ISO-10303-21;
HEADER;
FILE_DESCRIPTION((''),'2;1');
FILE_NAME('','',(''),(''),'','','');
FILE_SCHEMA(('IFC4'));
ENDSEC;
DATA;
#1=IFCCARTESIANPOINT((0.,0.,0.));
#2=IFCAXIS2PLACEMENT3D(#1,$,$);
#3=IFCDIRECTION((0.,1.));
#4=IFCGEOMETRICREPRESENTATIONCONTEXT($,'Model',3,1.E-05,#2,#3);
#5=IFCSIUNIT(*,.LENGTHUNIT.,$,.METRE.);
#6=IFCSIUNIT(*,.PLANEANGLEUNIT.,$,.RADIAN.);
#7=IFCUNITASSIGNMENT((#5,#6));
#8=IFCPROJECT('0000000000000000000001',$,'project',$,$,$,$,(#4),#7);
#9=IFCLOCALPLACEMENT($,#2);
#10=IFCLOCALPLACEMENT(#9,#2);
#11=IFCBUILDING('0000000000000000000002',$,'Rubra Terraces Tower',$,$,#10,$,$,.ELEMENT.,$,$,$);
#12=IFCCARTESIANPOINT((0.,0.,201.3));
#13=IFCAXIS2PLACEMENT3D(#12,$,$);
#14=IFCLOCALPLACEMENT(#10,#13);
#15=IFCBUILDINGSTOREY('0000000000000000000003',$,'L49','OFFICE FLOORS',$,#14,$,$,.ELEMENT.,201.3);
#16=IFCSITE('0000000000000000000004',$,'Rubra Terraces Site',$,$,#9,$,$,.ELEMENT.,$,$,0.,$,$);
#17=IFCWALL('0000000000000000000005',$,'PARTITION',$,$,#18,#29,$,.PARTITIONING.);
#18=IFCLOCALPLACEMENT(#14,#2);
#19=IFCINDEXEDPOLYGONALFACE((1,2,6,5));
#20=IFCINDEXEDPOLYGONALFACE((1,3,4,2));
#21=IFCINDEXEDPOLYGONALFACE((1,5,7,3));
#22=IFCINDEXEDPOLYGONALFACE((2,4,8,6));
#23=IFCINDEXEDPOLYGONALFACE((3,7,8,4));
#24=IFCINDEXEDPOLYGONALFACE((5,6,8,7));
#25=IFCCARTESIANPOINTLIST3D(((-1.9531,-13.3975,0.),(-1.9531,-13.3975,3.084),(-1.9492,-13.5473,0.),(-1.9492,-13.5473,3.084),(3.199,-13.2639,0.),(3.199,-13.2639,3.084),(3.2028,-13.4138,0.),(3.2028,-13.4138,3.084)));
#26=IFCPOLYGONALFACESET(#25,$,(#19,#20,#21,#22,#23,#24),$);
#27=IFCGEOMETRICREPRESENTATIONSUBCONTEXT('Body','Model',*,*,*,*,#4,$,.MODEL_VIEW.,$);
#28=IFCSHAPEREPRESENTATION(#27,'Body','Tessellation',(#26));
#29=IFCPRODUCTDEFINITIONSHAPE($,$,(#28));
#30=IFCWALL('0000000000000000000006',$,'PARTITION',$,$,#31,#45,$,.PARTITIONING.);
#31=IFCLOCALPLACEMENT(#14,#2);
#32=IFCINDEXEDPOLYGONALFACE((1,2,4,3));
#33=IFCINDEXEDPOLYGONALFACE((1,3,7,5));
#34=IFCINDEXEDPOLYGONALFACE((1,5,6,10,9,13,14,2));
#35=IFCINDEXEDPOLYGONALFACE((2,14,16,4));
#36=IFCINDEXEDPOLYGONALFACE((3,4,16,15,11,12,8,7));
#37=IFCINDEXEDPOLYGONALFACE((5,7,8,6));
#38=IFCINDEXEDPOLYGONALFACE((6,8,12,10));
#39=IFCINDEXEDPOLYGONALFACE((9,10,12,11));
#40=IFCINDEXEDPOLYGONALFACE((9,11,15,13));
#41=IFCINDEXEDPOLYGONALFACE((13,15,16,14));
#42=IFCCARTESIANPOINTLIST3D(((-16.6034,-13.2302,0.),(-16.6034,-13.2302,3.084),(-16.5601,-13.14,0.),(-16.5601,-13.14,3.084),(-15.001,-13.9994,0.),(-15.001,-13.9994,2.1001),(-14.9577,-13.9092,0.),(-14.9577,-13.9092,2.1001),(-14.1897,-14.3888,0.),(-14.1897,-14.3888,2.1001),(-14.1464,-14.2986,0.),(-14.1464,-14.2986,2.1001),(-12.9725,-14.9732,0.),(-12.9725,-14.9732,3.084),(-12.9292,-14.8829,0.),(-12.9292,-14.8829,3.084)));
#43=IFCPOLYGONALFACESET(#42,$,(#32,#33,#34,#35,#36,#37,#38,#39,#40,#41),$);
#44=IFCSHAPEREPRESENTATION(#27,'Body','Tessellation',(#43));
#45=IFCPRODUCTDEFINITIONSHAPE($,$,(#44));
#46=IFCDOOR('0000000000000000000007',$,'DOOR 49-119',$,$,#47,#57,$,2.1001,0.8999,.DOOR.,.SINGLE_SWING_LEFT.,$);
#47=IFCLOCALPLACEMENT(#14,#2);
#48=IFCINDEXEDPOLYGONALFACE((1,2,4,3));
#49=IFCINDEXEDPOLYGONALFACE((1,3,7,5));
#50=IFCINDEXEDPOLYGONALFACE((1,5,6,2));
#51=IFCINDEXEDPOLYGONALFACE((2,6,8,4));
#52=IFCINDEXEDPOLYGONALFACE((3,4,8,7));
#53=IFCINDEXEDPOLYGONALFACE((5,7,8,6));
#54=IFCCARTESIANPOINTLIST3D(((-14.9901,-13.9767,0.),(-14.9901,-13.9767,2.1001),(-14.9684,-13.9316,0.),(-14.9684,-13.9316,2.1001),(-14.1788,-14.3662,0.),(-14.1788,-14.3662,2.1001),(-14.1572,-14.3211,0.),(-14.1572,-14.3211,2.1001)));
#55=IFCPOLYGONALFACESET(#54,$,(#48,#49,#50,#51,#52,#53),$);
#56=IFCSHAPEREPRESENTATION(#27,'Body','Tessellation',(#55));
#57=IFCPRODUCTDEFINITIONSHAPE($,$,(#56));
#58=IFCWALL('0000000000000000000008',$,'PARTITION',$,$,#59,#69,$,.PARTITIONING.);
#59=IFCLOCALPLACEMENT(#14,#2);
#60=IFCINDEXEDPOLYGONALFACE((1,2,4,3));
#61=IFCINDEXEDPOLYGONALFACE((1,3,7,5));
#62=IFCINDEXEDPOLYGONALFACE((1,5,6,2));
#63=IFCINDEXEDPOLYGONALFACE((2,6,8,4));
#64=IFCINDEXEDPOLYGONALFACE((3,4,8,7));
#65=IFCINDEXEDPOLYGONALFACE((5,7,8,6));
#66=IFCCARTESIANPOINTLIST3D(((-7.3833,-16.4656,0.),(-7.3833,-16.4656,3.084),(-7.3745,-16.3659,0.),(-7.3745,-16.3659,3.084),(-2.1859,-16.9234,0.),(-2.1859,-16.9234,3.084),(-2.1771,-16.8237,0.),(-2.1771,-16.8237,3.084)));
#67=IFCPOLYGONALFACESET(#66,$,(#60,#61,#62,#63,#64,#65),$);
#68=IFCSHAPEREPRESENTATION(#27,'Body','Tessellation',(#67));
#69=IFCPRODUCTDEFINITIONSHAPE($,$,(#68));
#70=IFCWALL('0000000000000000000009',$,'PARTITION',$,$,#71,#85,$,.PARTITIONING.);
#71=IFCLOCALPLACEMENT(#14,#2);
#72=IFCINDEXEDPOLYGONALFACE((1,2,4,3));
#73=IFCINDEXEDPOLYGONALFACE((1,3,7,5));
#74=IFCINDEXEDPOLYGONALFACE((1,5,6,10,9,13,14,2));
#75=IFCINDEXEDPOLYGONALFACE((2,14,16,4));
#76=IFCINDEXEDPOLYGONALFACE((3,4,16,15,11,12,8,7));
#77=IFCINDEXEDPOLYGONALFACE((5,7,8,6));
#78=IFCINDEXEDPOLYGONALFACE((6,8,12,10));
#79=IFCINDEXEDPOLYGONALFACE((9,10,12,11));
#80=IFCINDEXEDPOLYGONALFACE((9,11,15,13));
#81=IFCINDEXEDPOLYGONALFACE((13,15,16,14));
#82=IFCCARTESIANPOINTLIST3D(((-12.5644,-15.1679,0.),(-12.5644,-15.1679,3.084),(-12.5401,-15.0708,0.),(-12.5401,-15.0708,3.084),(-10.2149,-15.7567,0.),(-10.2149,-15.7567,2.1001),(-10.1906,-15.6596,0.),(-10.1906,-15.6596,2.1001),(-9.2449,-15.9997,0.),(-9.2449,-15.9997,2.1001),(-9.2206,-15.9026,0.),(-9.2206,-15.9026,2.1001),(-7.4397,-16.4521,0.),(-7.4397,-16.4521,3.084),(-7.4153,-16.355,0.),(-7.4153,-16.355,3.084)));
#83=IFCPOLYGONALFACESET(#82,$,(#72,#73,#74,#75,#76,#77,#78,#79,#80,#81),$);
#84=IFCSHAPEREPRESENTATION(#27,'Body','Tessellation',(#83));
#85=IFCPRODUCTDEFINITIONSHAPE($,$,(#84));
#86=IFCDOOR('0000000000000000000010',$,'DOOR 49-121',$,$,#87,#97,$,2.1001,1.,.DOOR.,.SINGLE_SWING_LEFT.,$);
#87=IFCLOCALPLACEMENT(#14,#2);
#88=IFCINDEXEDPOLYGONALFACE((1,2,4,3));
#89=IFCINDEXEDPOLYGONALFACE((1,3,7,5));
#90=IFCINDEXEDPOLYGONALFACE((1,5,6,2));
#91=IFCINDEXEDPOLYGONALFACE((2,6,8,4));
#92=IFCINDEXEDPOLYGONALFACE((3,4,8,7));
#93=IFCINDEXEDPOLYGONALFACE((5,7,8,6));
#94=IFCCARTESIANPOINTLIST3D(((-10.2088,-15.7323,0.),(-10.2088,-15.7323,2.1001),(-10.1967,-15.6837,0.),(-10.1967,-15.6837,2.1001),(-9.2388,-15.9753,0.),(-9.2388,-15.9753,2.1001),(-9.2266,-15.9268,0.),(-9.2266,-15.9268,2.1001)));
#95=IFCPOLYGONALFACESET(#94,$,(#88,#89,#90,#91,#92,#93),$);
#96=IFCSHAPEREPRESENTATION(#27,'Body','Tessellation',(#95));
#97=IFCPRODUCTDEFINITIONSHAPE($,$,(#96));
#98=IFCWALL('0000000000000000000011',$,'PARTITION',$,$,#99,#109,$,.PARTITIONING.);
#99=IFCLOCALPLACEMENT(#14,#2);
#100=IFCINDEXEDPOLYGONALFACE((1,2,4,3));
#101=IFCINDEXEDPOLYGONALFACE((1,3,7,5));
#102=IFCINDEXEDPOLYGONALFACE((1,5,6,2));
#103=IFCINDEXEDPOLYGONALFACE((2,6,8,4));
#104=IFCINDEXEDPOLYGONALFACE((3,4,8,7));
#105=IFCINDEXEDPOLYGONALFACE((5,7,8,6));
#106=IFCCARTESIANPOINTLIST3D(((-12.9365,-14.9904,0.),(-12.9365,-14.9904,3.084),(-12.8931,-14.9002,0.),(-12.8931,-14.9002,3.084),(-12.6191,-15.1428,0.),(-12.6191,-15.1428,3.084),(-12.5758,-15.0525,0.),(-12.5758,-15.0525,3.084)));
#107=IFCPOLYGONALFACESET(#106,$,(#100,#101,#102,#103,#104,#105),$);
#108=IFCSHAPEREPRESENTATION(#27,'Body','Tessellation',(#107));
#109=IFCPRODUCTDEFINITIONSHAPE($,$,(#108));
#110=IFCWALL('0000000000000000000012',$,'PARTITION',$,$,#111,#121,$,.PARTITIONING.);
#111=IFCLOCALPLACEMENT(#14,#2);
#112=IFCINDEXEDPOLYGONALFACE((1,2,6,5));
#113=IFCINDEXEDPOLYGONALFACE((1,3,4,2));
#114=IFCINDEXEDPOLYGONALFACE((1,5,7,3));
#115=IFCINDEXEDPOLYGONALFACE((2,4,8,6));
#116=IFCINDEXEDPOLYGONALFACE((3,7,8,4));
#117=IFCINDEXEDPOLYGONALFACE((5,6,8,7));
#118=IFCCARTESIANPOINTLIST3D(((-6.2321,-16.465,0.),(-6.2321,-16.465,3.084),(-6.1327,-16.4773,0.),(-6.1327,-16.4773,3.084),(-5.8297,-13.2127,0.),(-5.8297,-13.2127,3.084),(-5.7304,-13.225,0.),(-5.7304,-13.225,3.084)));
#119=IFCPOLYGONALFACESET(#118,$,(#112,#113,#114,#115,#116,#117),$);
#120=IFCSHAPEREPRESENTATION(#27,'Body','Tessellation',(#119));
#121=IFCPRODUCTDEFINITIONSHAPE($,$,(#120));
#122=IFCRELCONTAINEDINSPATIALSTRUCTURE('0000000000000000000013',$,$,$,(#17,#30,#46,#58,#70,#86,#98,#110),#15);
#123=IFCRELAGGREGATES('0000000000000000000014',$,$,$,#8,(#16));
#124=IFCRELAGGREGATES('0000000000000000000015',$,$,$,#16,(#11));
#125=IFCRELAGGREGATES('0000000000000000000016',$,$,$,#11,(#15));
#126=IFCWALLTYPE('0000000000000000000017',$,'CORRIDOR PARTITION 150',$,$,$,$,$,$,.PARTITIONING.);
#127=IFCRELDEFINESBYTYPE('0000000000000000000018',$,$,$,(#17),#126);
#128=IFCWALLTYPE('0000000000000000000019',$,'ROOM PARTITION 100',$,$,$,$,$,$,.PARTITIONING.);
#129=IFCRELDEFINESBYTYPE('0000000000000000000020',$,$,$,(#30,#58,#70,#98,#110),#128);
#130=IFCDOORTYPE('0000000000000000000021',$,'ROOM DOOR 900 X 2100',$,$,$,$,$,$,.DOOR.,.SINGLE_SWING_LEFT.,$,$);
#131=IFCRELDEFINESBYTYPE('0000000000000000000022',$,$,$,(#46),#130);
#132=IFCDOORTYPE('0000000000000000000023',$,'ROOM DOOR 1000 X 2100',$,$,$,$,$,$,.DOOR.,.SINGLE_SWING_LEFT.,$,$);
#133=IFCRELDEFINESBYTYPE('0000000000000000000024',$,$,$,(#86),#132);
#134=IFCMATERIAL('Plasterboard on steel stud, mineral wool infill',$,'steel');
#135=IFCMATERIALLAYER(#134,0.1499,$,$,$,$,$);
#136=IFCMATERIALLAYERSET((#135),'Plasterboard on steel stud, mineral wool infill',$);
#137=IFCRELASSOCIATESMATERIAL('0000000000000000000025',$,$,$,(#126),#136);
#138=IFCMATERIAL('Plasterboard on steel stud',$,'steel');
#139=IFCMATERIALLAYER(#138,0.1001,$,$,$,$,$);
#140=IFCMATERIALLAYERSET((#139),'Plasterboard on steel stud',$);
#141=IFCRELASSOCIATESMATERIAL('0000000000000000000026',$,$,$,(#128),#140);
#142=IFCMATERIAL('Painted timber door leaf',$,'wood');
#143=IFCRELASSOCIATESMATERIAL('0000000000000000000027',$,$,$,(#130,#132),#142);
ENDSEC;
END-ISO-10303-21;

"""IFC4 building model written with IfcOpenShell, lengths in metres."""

from ifc_helpers import new_model, si_unit, direction, frame, frame_2d, origin, place, context, subcontext, project, spatial, rectangle, extrude, material, layer, layer_set, type_object, element, fill, save


model = new_model("IFC4")

# Units and contexts
model_context = context("Model", 3, precision=1e-05, world=origin(), true_north=direction((0.0, 1.0)))
body_context = subcontext(model_context, "Body", "Model", "MODEL_VIEW")
ifc_project = project(units=[si_unit("LENGTHUNIT", "METRE"), si_unit("PLANEANGLEUNIT", "RADIAN")], contexts=[model_context])

# Site, building, storey
site_placement = place(None, origin())
site = spatial("IfcSite", under=ifc_project, at=site_placement, Name="Rubra Terraces Site", CompositionType="ELEMENT", RefElevation=0.0)
building_placement = place(site_placement, origin())
building = spatial("IfcBuilding", under=site, at=building_placement, Name="Rubra Terraces Tower", CompositionType="ELEMENT")
storey_placement = place(building_placement, frame((0.0, 0.0, 201.3)))
storey = spatial("IfcBuildingStorey", under=building, at=storey_placement, Name="L49", Description="OFFICE FLOORS", CompositionType="ELEMENT", Elevation=201.3)

# Wall
ifc_material_1 = material(Name="Plasterboard on steel stud, mineral wool infill", Category="steel")
ifc_layer_1 = layer(ifc_material_1, 0.1499)
ifc_layer_set_1 = layer_set([ifc_layer_1], Name="Plasterboard on steel stud, mineral wool infill")
wall_type_1 = type_object("IfcWallType", Name="CORRIDOR PARTITION 150", PredefinedType="PARTITIONING", material=ifc_layer_set_1)
wall_1_placement = place(storey_placement, frame((-1.9512, -13.4724, 0.0), z_axis=(0.0, 0.0, 1.0), x_axis=(0.999664, 0.025912, 0.0)))
element("IfcWall", 1, at=wall_1_placement, inside=storey, type_object=wall_type_1, Name="PARTITION", PredefinedType="PARTITIONING", context=body_context, shape_type="SweptSolid", body=[
    extrude(rectangle(XDim=5.1538, YDim=0.1499, at=frame_2d((2.5769, 0.0))), origin(), (0.0, 0.0, 1.0), 3.084),
])

# Wall, opening, door
ifc_material_2 = material(Name="Plasterboard on steel stud", Category="steel")
ifc_layer_2 = layer(ifc_material_2, 0.1001)
ifc_layer_set_2 = layer_set([ifc_layer_2], Name="Plasterboard on steel stud")
wall_type_2 = type_object("IfcWallType", Name="ROOM PARTITION 100", PredefinedType="PARTITIONING", material=ifc_layer_set_2)
wall_2_placement = place(storey_placement, frame((-12.9509, -14.928, 0.0), z_axis=(0.0, 0.0, 1.0), x_axis=(-0.901513, 0.432753, 0.0)))
wall_2 = element("IfcWall", 2, at=wall_2_placement, inside=storey, type_object=wall_type_2, Name="PARTITION", PredefinedType="PARTITIONING", context=body_context, shape_type="SweptSolid", body=[
    extrude(rectangle(XDim=4.0276, YDim=0.1001, at=frame_2d((2.0137, 0.0))), origin(), (0.0, 0.0, 1.0), 3.084),
])
opening_1_placement = place(wall_2_placement, frame((1.3501, 0.0, 0.0)))
opening_1 = element("IfcOpeningElement", 3, at=opening_1_placement, cuts=wall_2, PredefinedType="OPENING", context=body_context, shape_type="SweptSolid", body=[
    extrude(rectangle(XDim=0.8999, YDim=2.1001, at=frame_2d((0.45, 1.05))), frame((0.0, 0.0601, 0.0), z_axis=(0.0, -1.0, 0.0), x_axis=(1.0, 0.0, 0.0)), (0.0, 0.0, 1.0), 0.1201),
])
ifc_material_3 = material(Name="Painted timber door leaf", Category="wood")
door_type_1 = type_object("IfcDoorType", Name="ROOM DOOR 900 X 2100", OperationType="SINGLE_SWING_LEFT", PredefinedType="DOOR", material=ifc_material_3)
door_1_placement = place(opening_1_placement, origin())
door_1 = element("IfcDoor", 4, at=door_1_placement, inside=storey, type_object=door_type_1, Name="DOOR 49-119", OperationType="SINGLE_SWING_LEFT", OverallHeight=2.1001, OverallWidth=0.8999, PredefinedType="DOOR", context=body_context, shape_type="SweptSolid", body=[
    extrude(rectangle(XDim=0.8999, YDim=2.1001, at=frame_2d((0.45, 1.05))), frame((0.0, 0.0249, 0.0), z_axis=(0.0, -1.0, 0.0), x_axis=(1.0, 0.0, 0.0)), (0.0, 0.0, 1.0), 0.05),
])
fill(opening_1, door_1)

# Wall
wall_3_placement = place(storey_placement, frame((-2.1814, -16.8735, 0.0), z_axis=(0.0, 0.0, 1.0), x_axis=(-0.996144, 0.087734, 0.0)))
element("IfcWall", 5, at=wall_3_placement, inside=storey, type_object=wall_type_2, Name="PARTITION", PredefinedType="PARTITIONING", context=body_context, shape_type="SweptSolid", body=[
    extrude(rectangle(XDim=5.2175, YDim=0.1001, at=frame_2d((2.6089, 0.0))), origin(), (0.0, 0.0, 1.0), 3.084),
])

# Wall, opening, door
wall_4_placement = place(storey_placement, frame((-7.4275, -16.4036, 0.0), z_axis=(0.0, 0.0, 1.0), x_axis=(-0.970009, 0.243068, 0.0)))
wall_4 = element("IfcWall", 6, at=wall_4_placement, inside=storey, type_object=wall_type_2, Name="PARTITION", PredefinedType="PARTITIONING", context=body_context, shape_type="SweptSolid", body=[
    extrude(rectangle(XDim=5.2832, YDim=0.1001, at=frame_2d((2.6416, 0.0))), origin(), (0.0, 0.0, 1.0), 3.084),
])
opening_2_placement = place(wall_4_placement, frame((1.8611, 0.0, 0.0)))
opening_2 = element("IfcOpeningElement", 7, at=opening_2_placement, cuts=wall_4, PredefinedType="OPENING", context=body_context, shape_type="SweptSolid", body=[
    extrude(rectangle(XDim=1.0, YDim=2.1001, at=frame_2d((0.5, 1.05))), frame((0.0, 0.0601, 0.0), z_axis=(0.0, -1.0, 0.0), x_axis=(1.0, 0.0, 0.0)), (0.0, 0.0, 1.0), 0.1201),
])
door_type_2 = type_object("IfcDoorType", Name="ROOM DOOR 1000 X 2100", OperationType="SINGLE_SWING_LEFT", PredefinedType="DOOR", material=ifc_material_3)
door_2_placement = place(opening_2_placement, origin())
door_2 = element("IfcDoor", 8, at=door_2_placement, inside=storey, type_object=door_type_2, Name="DOOR 49-121", OperationType="SINGLE_SWING_LEFT", OverallHeight=2.1001, OverallWidth=1.0, PredefinedType="DOOR", context=body_context, shape_type="SweptSolid", body=[
    extrude(rectangle(XDim=1.0, YDim=2.1001, at=frame_2d((0.5, 1.05))), frame((0.0, 0.0249, 0.0), z_axis=(0.0, -1.0, 0.0), x_axis=(1.0, 0.0, 0.0)), (0.0, 0.0, 1.0), 0.05),
])
fill(opening_2, door_2)

# Walls
wall_5_placement = place(storey_placement, frame((-12.5974, -15.0977, 0.0), z_axis=(0.0, 0.0, 1.0), x_axis=(-0.901523, 0.432731, 0.0)))
element("IfcWall", 9, at=wall_5_placement, inside=storey, type_object=wall_type_2, Name="PARTITION", PredefinedType="PARTITIONING", context=body_context, shape_type="SweptSolid", body=[
    extrude(rectangle(XDim=0.3521, YDim=0.1001, at=frame_2d((0.176, 0.0))), origin(), (0.0, 0.0, 1.0), 3.084),
])
wall_6_placement = place(storey_placement, frame((-5.78, -13.2188, 0.0), z_axis=(0.0, 0.0, 1.0), x_axis=(-0.122778, -0.992434, 0.0)))
element("IfcWall", 10, at=wall_6_placement, inside=storey, type_object=wall_type_2, Name="PARTITION", PredefinedType="PARTITIONING", context=body_context, shape_type="SweptSolid", body=[
    extrude(rectangle(XDim=3.2771, YDim=0.1001, at=frame_2d((1.6387, 0.0))), origin(), (0.0, 0.0, 1.0), 3.084),
])

save(model, "model.ifc")
